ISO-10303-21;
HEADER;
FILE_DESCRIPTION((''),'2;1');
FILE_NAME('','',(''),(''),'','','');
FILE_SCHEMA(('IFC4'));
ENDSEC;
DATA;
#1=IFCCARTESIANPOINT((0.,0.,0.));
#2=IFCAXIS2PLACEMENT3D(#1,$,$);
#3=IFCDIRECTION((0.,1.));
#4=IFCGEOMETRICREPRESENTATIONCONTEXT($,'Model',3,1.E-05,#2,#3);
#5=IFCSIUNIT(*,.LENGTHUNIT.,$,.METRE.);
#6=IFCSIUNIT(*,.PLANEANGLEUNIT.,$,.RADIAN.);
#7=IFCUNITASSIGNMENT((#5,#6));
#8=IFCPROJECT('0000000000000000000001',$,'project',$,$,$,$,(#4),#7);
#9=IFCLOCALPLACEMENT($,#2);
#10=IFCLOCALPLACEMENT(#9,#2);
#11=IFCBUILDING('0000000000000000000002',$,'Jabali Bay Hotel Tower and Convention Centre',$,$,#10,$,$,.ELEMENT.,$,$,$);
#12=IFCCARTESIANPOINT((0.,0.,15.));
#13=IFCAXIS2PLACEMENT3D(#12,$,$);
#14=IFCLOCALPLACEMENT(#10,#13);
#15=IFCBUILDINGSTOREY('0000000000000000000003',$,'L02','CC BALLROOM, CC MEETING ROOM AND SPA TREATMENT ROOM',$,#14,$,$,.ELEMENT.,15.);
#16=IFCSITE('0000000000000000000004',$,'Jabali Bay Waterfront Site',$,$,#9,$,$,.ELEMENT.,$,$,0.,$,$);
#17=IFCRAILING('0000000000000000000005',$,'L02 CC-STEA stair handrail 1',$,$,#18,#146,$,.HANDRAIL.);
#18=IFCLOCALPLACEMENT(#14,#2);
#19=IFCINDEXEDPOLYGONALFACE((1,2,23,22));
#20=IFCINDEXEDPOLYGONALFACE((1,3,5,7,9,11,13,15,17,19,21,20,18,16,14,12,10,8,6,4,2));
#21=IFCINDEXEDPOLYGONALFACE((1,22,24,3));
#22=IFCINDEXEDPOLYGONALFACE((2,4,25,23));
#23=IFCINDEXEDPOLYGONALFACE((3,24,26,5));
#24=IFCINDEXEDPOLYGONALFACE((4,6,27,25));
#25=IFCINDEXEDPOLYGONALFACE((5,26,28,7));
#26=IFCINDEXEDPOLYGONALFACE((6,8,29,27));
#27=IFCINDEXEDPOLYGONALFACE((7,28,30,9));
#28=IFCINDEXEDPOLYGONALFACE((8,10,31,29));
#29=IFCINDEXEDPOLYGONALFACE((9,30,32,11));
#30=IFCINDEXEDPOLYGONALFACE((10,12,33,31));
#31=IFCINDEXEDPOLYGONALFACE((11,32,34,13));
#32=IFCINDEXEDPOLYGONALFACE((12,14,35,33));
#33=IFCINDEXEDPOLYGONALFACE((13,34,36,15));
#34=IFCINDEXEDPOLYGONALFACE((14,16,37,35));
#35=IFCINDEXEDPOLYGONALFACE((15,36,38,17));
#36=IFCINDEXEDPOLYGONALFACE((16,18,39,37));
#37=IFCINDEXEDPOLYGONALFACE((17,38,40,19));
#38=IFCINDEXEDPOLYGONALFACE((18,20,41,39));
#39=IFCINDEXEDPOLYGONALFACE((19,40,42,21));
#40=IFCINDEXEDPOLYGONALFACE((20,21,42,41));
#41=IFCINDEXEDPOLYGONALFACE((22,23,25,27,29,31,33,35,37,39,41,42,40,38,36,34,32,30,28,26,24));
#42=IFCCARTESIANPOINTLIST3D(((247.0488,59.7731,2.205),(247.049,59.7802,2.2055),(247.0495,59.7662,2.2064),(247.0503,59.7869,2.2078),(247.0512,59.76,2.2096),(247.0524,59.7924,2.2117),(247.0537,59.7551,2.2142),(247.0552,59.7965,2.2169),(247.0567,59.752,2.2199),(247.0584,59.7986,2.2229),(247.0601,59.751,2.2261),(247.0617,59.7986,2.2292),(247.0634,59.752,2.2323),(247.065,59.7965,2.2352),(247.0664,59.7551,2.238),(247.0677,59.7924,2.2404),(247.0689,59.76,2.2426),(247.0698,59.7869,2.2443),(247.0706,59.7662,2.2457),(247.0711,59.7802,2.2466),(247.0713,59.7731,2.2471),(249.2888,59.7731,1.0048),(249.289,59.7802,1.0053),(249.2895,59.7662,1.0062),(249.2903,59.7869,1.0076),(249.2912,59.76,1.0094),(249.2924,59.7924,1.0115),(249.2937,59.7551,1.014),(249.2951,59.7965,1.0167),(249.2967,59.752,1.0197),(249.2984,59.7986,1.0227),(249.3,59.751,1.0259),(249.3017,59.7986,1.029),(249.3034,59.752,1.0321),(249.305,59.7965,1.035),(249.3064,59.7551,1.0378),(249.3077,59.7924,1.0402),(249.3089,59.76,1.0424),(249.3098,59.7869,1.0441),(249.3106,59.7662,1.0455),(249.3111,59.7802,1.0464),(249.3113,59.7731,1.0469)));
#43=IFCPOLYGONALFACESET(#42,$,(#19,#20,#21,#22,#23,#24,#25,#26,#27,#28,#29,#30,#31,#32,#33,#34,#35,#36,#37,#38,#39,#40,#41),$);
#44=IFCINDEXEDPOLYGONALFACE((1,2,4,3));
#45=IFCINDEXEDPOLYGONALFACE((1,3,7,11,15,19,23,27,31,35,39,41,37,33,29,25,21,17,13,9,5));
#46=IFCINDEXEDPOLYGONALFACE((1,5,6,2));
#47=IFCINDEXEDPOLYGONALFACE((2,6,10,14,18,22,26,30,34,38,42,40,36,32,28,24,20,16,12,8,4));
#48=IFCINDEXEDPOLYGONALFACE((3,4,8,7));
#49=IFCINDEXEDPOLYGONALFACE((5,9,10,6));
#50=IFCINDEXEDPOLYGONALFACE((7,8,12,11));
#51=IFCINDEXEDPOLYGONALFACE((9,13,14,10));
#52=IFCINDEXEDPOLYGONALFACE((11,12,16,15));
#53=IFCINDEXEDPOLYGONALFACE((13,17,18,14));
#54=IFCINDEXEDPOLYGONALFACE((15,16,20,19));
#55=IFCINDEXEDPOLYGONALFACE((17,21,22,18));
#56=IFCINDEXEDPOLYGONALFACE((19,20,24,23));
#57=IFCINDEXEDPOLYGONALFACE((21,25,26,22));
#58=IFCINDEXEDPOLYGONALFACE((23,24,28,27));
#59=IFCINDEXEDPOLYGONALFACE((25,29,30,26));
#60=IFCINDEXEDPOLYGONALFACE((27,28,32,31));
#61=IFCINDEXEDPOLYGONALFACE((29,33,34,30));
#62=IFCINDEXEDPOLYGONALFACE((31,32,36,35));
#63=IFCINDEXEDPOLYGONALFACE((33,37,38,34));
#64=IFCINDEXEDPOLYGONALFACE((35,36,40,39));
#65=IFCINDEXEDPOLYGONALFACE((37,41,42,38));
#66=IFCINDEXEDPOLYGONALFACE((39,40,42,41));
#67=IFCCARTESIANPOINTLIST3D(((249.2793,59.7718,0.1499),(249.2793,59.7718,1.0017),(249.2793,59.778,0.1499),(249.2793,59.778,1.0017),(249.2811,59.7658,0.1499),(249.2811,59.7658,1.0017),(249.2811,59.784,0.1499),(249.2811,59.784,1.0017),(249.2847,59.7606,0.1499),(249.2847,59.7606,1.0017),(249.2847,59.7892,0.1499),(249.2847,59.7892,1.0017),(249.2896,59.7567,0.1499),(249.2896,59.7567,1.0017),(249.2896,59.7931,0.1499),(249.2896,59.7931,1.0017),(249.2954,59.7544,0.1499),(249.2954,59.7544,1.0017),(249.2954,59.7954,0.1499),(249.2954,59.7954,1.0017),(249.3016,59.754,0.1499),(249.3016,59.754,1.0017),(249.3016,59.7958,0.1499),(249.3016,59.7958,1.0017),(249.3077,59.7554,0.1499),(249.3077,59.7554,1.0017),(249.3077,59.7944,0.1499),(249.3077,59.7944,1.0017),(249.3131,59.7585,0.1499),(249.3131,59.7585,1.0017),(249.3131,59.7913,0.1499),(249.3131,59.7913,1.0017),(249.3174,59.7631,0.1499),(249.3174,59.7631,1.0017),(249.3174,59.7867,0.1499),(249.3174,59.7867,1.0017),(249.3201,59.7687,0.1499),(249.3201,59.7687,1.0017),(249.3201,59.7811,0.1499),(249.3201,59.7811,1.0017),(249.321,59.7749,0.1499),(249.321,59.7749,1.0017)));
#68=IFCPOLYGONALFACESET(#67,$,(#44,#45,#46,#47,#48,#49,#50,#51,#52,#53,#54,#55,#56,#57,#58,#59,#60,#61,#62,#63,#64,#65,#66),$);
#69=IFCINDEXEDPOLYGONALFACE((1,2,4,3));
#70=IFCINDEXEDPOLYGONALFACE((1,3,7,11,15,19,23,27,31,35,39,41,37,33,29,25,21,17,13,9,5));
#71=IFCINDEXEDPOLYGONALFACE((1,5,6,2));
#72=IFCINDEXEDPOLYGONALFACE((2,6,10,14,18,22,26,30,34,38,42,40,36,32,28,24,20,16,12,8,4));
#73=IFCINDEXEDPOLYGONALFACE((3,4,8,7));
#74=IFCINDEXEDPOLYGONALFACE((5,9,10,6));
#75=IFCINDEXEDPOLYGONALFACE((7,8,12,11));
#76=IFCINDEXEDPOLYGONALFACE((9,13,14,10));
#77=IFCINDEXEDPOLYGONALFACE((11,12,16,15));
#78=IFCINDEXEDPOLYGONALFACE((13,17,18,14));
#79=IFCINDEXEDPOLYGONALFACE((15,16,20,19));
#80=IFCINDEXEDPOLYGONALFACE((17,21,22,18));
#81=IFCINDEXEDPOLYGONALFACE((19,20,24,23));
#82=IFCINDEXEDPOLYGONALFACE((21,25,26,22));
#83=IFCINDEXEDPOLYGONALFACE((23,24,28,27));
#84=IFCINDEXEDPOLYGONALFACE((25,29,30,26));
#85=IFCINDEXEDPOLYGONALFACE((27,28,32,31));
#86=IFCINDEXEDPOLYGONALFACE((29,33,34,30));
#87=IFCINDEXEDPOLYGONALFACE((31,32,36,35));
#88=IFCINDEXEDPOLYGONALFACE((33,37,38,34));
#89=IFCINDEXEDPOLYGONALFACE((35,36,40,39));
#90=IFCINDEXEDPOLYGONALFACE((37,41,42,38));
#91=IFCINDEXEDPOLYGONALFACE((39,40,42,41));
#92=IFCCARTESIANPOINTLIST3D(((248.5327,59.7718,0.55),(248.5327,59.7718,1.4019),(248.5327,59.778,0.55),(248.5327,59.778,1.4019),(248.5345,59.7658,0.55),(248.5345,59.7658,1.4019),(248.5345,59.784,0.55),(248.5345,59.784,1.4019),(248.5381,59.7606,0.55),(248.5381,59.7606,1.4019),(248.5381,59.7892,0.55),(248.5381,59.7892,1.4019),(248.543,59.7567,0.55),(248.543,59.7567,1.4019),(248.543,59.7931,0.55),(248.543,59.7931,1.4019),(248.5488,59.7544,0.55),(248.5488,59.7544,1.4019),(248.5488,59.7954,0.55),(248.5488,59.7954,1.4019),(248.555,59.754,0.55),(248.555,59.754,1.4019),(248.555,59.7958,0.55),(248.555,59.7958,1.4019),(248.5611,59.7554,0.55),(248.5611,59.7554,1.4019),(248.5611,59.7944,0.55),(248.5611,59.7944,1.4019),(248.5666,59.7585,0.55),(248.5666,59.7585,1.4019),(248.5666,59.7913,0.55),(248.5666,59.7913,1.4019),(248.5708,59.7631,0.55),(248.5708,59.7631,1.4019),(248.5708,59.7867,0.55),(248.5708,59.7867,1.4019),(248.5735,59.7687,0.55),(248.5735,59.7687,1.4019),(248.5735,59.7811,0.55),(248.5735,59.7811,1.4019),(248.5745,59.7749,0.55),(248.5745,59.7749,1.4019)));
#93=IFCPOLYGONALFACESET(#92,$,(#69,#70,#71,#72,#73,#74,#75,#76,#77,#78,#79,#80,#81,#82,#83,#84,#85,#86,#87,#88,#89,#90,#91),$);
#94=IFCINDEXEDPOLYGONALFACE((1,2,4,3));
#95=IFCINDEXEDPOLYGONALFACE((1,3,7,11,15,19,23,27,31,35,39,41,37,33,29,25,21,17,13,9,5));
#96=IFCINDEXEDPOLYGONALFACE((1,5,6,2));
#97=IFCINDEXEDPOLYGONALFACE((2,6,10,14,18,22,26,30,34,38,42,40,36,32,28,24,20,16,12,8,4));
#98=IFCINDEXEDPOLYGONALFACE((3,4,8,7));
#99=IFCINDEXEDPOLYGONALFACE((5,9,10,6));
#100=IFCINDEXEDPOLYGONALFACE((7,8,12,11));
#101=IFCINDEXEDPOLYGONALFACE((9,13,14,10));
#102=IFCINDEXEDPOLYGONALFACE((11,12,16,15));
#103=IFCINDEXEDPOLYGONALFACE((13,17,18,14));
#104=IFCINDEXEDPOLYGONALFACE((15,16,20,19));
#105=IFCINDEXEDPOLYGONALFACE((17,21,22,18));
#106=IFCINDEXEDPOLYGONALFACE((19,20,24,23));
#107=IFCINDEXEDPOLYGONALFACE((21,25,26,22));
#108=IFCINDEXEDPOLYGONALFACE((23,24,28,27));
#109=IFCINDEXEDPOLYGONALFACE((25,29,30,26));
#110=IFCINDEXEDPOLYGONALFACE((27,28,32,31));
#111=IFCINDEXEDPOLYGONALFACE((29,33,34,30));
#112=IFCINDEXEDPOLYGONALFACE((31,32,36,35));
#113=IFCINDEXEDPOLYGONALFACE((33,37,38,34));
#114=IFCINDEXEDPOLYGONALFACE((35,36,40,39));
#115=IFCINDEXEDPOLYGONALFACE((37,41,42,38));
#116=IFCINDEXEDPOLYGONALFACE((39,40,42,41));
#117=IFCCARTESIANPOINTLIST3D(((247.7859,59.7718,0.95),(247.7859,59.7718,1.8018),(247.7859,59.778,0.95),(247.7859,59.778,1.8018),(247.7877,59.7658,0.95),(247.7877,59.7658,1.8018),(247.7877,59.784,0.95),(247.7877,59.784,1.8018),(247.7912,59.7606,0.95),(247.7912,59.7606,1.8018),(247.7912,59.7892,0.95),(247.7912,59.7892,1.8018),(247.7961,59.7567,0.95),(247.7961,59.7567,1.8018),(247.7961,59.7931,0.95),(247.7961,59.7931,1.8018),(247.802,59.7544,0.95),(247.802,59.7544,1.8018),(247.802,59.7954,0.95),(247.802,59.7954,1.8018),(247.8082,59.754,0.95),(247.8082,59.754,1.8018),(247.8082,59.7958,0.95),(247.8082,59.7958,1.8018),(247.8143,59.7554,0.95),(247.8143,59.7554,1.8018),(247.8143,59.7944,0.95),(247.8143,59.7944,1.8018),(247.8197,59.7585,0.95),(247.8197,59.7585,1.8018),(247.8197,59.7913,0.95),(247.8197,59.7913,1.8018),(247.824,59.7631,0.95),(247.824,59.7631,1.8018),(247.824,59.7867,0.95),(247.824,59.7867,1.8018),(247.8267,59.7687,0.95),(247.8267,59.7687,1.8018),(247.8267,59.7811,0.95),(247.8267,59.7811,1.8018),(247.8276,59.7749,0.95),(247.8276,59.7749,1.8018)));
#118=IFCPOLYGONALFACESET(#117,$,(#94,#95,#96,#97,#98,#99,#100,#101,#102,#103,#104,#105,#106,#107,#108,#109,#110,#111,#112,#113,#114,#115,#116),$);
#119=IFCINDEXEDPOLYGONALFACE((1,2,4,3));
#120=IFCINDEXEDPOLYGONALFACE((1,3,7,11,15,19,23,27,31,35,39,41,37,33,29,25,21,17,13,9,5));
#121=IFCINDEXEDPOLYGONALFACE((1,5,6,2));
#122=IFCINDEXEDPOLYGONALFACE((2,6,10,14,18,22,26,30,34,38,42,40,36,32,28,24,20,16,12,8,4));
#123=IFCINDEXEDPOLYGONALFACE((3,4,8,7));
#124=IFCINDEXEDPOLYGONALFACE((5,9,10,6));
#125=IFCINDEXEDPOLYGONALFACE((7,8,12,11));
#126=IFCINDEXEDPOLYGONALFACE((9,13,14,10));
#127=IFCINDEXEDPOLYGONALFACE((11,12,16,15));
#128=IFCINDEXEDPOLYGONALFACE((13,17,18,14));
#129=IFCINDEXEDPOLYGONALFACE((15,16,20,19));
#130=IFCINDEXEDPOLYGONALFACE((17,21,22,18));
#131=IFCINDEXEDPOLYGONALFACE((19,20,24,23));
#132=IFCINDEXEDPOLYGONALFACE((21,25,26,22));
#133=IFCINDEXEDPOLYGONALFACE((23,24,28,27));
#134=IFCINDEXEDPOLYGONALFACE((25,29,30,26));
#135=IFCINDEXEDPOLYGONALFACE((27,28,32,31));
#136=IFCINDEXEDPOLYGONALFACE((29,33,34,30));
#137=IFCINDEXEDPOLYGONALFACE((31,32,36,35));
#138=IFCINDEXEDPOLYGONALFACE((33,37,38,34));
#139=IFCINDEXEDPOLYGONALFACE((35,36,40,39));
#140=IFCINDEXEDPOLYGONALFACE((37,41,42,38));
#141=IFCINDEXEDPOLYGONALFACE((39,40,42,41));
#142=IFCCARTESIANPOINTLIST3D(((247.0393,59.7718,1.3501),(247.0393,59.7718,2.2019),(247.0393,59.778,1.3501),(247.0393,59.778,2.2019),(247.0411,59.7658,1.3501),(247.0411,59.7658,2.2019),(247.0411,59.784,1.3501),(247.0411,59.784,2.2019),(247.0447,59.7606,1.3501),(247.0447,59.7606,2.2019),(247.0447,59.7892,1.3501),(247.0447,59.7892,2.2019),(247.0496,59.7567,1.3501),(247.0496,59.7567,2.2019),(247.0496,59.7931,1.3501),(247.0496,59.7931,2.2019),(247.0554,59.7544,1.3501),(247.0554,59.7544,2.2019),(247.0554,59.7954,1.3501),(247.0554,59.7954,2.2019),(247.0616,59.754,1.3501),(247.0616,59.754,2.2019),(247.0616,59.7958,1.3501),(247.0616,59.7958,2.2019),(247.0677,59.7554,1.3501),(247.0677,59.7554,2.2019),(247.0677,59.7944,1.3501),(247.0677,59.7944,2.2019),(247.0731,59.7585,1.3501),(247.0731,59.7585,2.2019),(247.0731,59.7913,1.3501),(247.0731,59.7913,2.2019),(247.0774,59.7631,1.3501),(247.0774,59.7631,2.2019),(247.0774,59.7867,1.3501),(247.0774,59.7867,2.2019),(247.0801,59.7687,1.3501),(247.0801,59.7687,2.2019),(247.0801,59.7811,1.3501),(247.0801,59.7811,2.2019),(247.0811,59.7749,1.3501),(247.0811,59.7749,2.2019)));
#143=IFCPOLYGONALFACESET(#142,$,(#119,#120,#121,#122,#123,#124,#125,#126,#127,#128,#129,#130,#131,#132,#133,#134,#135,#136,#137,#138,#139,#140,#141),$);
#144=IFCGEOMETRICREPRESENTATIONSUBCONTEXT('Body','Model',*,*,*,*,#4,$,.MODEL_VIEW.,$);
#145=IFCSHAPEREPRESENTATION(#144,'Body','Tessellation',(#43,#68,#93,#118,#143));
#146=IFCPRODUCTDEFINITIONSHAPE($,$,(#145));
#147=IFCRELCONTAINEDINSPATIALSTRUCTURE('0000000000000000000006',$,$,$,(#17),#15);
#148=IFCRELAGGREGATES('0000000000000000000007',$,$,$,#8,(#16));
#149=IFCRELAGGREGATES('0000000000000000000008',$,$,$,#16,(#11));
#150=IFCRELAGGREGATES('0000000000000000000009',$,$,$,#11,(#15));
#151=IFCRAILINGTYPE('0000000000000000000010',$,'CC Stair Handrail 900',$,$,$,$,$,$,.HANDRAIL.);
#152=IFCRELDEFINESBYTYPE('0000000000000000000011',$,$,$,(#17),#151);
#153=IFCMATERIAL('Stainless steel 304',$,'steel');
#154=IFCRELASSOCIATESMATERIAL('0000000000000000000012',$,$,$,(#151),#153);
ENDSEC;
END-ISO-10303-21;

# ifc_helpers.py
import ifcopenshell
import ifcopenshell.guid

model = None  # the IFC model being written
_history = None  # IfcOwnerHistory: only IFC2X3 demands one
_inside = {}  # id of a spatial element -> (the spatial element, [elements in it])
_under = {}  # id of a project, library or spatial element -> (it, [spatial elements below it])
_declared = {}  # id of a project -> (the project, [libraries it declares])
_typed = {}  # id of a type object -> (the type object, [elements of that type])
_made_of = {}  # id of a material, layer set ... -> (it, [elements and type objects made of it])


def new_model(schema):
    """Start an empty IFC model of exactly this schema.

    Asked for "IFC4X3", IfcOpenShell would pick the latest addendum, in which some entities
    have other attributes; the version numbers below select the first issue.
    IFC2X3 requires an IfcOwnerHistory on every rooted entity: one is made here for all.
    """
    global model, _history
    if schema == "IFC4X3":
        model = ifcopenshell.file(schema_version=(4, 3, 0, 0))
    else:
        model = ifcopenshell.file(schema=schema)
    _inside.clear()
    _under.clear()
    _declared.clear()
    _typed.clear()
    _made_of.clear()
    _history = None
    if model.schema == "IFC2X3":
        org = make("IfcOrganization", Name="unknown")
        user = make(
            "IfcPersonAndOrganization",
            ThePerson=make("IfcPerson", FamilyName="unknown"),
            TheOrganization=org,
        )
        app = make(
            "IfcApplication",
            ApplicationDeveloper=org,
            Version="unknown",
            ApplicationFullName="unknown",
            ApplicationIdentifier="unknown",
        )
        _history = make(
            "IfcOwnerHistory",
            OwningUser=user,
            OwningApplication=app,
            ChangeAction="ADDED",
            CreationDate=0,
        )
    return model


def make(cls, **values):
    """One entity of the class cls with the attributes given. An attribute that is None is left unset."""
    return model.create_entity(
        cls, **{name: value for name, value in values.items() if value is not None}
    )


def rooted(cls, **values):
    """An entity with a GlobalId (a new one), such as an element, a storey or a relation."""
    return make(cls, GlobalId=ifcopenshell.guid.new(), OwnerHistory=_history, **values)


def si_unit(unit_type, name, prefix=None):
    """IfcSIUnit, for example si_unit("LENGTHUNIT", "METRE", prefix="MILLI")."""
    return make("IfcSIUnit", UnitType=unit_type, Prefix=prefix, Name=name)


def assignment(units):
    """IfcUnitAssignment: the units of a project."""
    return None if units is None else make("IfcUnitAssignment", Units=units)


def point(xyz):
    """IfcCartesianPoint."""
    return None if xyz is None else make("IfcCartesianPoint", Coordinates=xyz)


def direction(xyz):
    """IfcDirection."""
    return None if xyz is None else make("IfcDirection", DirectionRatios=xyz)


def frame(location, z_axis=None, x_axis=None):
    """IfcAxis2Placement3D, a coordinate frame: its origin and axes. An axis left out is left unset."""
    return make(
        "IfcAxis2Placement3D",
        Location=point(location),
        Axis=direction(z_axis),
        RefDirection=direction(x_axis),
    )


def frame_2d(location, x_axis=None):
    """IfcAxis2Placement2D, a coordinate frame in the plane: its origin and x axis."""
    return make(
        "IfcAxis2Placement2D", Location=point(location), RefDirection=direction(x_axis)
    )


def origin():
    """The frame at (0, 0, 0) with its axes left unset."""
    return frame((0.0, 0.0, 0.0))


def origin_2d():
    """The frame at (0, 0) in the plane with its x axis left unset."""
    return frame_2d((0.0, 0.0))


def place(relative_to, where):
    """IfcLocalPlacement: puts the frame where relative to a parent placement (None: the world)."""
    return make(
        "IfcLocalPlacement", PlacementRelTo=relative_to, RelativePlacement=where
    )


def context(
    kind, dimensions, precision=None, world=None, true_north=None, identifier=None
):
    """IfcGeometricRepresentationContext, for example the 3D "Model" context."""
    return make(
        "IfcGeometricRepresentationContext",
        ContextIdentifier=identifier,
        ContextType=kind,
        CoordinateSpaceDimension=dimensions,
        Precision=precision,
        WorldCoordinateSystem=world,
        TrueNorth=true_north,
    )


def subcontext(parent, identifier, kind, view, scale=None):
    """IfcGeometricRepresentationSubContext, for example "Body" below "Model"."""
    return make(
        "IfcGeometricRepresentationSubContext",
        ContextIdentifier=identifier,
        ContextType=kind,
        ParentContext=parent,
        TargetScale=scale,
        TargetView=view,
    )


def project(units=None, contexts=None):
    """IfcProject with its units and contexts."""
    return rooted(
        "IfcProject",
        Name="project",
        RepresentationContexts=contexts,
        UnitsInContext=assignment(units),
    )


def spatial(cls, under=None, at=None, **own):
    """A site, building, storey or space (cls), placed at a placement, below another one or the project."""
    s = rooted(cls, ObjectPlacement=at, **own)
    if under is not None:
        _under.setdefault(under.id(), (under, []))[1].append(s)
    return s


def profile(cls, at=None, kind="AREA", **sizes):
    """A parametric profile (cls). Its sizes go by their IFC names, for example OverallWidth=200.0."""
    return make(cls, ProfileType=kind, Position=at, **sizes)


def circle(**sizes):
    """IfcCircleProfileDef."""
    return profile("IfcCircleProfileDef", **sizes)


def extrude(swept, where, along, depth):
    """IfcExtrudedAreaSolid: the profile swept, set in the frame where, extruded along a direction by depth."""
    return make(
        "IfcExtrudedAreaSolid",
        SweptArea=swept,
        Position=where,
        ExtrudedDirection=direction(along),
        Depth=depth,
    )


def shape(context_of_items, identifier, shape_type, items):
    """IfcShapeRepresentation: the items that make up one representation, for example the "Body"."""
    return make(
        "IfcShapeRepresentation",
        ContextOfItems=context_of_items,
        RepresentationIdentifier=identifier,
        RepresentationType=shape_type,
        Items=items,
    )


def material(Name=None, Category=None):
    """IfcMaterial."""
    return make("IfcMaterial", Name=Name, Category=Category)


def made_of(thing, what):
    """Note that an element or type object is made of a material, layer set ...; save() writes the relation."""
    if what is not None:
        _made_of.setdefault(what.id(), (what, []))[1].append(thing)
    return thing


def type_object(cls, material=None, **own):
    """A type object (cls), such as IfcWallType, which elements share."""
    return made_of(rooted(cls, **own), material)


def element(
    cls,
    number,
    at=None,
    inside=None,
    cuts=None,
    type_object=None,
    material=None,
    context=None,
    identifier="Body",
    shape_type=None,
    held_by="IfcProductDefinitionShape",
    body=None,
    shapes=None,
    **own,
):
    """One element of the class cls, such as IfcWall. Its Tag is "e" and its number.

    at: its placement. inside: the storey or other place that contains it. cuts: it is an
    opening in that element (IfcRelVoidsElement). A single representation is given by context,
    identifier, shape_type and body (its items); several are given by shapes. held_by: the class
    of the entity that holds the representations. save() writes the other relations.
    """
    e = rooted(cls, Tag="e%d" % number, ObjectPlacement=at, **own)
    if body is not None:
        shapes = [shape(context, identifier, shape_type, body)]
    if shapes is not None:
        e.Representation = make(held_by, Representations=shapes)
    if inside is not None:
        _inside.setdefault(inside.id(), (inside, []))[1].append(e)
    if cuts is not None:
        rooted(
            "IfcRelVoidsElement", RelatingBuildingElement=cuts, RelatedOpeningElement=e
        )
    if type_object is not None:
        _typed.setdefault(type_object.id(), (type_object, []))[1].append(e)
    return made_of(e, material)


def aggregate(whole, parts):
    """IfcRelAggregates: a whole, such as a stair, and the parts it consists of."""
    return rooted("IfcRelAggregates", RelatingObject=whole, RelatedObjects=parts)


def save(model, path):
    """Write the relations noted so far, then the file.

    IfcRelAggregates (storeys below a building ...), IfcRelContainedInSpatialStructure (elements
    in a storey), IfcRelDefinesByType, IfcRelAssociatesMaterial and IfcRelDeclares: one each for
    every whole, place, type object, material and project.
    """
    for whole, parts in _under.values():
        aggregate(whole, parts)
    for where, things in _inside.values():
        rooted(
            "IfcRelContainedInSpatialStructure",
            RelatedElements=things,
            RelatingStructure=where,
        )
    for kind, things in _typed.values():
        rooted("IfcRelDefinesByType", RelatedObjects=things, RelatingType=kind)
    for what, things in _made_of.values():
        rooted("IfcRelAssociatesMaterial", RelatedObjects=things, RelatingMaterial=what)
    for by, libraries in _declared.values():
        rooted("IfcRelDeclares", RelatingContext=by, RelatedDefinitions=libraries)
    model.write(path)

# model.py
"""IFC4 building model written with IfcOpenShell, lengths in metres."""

from ifc_helpers import new_model, si_unit, direction, frame, origin, origin_2d, place, context, subcontext, project, spatial, circle, extrude, material, type_object, element, save


model = new_model("IFC4")

# Units and contexts
model_context = context("Model", 3, precision=1e-05, world=origin(), true_north=direction((0.0, 1.0)))
body_context = subcontext(model_context, "Body", "Model", "MODEL_VIEW")
ifc_project = project(units=[si_unit("LENGTHUNIT", "METRE"), si_unit("PLANEANGLEUNIT", "RADIAN")], contexts=[model_context])

# Site, building, storey
site_placement = place(None, origin())
site = spatial("IfcSite", under=ifc_project, at=site_placement, Name="Jabali Bay Waterfront Site", CompositionType="ELEMENT", RefElevation=0.0)
building_placement = place(site_placement, origin())
building = spatial("IfcBuilding", under=site, at=building_placement, Name="Jabali Bay Hotel Tower and Convention Centre", CompositionType="ELEMENT")
storey_placement = place(building_placement, frame((0.0, 0.0, 15.0)))
storey = spatial("IfcBuildingStorey", under=building, at=storey_placement, Name="L02", Description="CC BALLROOM, CC MEETING ROOM AND SPA TREATMENT ROOM", CompositionType="ELEMENT", Elevation=15.0)

# Railing
ifc_material_1 = material(Name="Stainless steel 304", Category="steel")
railing_type_1 = type_object("IfcRailingType", Name="CC Stair Handrail 900", PredefinedType="HANDRAIL", material=ifc_material_1)
railing_1_placement = place(storey_placement, frame((249.3, 59.7749, 0.1499)))
element("IfcRailing", 1, at=railing_1_placement, inside=storey, type_object=railing_type_1, Name="L02 CC-STEA stair handrail 1", PredefinedType="HANDRAIL", context=body_context, shape_type="SweptSolid", body=[
    extrude(circle(Radius=0.0239, at=origin_2d()), frame((0.0, 0.0, 0.876), z_axis=(-0.881447, 0.0, 0.472283), x_axis=(0.0, -1.0, 0.0)), (0.0, 0.0, 1.0), 2.5413),
    extrude(circle(Radius=0.021, at=origin_2d()), origin(), (0.0, 0.0, 1.0), 0.8518),
    extrude(circle(Radius=0.021, at=origin_2d()), frame((-0.7466, 0.0, 0.4001)), (0.0, 0.0, 1.0), 0.8518),
    extrude(circle(Radius=0.021, at=origin_2d()), frame((-1.4934, 0.0, 0.8)), (0.0, 0.0, 1.0), 0.8518),
    extrude(circle(Radius=0.021, at=origin_2d()), frame((-2.24, 0.0, 1.2002)), (0.0, 0.0, 1.0), 0.8518),
])

save(model, "model.ifc")
